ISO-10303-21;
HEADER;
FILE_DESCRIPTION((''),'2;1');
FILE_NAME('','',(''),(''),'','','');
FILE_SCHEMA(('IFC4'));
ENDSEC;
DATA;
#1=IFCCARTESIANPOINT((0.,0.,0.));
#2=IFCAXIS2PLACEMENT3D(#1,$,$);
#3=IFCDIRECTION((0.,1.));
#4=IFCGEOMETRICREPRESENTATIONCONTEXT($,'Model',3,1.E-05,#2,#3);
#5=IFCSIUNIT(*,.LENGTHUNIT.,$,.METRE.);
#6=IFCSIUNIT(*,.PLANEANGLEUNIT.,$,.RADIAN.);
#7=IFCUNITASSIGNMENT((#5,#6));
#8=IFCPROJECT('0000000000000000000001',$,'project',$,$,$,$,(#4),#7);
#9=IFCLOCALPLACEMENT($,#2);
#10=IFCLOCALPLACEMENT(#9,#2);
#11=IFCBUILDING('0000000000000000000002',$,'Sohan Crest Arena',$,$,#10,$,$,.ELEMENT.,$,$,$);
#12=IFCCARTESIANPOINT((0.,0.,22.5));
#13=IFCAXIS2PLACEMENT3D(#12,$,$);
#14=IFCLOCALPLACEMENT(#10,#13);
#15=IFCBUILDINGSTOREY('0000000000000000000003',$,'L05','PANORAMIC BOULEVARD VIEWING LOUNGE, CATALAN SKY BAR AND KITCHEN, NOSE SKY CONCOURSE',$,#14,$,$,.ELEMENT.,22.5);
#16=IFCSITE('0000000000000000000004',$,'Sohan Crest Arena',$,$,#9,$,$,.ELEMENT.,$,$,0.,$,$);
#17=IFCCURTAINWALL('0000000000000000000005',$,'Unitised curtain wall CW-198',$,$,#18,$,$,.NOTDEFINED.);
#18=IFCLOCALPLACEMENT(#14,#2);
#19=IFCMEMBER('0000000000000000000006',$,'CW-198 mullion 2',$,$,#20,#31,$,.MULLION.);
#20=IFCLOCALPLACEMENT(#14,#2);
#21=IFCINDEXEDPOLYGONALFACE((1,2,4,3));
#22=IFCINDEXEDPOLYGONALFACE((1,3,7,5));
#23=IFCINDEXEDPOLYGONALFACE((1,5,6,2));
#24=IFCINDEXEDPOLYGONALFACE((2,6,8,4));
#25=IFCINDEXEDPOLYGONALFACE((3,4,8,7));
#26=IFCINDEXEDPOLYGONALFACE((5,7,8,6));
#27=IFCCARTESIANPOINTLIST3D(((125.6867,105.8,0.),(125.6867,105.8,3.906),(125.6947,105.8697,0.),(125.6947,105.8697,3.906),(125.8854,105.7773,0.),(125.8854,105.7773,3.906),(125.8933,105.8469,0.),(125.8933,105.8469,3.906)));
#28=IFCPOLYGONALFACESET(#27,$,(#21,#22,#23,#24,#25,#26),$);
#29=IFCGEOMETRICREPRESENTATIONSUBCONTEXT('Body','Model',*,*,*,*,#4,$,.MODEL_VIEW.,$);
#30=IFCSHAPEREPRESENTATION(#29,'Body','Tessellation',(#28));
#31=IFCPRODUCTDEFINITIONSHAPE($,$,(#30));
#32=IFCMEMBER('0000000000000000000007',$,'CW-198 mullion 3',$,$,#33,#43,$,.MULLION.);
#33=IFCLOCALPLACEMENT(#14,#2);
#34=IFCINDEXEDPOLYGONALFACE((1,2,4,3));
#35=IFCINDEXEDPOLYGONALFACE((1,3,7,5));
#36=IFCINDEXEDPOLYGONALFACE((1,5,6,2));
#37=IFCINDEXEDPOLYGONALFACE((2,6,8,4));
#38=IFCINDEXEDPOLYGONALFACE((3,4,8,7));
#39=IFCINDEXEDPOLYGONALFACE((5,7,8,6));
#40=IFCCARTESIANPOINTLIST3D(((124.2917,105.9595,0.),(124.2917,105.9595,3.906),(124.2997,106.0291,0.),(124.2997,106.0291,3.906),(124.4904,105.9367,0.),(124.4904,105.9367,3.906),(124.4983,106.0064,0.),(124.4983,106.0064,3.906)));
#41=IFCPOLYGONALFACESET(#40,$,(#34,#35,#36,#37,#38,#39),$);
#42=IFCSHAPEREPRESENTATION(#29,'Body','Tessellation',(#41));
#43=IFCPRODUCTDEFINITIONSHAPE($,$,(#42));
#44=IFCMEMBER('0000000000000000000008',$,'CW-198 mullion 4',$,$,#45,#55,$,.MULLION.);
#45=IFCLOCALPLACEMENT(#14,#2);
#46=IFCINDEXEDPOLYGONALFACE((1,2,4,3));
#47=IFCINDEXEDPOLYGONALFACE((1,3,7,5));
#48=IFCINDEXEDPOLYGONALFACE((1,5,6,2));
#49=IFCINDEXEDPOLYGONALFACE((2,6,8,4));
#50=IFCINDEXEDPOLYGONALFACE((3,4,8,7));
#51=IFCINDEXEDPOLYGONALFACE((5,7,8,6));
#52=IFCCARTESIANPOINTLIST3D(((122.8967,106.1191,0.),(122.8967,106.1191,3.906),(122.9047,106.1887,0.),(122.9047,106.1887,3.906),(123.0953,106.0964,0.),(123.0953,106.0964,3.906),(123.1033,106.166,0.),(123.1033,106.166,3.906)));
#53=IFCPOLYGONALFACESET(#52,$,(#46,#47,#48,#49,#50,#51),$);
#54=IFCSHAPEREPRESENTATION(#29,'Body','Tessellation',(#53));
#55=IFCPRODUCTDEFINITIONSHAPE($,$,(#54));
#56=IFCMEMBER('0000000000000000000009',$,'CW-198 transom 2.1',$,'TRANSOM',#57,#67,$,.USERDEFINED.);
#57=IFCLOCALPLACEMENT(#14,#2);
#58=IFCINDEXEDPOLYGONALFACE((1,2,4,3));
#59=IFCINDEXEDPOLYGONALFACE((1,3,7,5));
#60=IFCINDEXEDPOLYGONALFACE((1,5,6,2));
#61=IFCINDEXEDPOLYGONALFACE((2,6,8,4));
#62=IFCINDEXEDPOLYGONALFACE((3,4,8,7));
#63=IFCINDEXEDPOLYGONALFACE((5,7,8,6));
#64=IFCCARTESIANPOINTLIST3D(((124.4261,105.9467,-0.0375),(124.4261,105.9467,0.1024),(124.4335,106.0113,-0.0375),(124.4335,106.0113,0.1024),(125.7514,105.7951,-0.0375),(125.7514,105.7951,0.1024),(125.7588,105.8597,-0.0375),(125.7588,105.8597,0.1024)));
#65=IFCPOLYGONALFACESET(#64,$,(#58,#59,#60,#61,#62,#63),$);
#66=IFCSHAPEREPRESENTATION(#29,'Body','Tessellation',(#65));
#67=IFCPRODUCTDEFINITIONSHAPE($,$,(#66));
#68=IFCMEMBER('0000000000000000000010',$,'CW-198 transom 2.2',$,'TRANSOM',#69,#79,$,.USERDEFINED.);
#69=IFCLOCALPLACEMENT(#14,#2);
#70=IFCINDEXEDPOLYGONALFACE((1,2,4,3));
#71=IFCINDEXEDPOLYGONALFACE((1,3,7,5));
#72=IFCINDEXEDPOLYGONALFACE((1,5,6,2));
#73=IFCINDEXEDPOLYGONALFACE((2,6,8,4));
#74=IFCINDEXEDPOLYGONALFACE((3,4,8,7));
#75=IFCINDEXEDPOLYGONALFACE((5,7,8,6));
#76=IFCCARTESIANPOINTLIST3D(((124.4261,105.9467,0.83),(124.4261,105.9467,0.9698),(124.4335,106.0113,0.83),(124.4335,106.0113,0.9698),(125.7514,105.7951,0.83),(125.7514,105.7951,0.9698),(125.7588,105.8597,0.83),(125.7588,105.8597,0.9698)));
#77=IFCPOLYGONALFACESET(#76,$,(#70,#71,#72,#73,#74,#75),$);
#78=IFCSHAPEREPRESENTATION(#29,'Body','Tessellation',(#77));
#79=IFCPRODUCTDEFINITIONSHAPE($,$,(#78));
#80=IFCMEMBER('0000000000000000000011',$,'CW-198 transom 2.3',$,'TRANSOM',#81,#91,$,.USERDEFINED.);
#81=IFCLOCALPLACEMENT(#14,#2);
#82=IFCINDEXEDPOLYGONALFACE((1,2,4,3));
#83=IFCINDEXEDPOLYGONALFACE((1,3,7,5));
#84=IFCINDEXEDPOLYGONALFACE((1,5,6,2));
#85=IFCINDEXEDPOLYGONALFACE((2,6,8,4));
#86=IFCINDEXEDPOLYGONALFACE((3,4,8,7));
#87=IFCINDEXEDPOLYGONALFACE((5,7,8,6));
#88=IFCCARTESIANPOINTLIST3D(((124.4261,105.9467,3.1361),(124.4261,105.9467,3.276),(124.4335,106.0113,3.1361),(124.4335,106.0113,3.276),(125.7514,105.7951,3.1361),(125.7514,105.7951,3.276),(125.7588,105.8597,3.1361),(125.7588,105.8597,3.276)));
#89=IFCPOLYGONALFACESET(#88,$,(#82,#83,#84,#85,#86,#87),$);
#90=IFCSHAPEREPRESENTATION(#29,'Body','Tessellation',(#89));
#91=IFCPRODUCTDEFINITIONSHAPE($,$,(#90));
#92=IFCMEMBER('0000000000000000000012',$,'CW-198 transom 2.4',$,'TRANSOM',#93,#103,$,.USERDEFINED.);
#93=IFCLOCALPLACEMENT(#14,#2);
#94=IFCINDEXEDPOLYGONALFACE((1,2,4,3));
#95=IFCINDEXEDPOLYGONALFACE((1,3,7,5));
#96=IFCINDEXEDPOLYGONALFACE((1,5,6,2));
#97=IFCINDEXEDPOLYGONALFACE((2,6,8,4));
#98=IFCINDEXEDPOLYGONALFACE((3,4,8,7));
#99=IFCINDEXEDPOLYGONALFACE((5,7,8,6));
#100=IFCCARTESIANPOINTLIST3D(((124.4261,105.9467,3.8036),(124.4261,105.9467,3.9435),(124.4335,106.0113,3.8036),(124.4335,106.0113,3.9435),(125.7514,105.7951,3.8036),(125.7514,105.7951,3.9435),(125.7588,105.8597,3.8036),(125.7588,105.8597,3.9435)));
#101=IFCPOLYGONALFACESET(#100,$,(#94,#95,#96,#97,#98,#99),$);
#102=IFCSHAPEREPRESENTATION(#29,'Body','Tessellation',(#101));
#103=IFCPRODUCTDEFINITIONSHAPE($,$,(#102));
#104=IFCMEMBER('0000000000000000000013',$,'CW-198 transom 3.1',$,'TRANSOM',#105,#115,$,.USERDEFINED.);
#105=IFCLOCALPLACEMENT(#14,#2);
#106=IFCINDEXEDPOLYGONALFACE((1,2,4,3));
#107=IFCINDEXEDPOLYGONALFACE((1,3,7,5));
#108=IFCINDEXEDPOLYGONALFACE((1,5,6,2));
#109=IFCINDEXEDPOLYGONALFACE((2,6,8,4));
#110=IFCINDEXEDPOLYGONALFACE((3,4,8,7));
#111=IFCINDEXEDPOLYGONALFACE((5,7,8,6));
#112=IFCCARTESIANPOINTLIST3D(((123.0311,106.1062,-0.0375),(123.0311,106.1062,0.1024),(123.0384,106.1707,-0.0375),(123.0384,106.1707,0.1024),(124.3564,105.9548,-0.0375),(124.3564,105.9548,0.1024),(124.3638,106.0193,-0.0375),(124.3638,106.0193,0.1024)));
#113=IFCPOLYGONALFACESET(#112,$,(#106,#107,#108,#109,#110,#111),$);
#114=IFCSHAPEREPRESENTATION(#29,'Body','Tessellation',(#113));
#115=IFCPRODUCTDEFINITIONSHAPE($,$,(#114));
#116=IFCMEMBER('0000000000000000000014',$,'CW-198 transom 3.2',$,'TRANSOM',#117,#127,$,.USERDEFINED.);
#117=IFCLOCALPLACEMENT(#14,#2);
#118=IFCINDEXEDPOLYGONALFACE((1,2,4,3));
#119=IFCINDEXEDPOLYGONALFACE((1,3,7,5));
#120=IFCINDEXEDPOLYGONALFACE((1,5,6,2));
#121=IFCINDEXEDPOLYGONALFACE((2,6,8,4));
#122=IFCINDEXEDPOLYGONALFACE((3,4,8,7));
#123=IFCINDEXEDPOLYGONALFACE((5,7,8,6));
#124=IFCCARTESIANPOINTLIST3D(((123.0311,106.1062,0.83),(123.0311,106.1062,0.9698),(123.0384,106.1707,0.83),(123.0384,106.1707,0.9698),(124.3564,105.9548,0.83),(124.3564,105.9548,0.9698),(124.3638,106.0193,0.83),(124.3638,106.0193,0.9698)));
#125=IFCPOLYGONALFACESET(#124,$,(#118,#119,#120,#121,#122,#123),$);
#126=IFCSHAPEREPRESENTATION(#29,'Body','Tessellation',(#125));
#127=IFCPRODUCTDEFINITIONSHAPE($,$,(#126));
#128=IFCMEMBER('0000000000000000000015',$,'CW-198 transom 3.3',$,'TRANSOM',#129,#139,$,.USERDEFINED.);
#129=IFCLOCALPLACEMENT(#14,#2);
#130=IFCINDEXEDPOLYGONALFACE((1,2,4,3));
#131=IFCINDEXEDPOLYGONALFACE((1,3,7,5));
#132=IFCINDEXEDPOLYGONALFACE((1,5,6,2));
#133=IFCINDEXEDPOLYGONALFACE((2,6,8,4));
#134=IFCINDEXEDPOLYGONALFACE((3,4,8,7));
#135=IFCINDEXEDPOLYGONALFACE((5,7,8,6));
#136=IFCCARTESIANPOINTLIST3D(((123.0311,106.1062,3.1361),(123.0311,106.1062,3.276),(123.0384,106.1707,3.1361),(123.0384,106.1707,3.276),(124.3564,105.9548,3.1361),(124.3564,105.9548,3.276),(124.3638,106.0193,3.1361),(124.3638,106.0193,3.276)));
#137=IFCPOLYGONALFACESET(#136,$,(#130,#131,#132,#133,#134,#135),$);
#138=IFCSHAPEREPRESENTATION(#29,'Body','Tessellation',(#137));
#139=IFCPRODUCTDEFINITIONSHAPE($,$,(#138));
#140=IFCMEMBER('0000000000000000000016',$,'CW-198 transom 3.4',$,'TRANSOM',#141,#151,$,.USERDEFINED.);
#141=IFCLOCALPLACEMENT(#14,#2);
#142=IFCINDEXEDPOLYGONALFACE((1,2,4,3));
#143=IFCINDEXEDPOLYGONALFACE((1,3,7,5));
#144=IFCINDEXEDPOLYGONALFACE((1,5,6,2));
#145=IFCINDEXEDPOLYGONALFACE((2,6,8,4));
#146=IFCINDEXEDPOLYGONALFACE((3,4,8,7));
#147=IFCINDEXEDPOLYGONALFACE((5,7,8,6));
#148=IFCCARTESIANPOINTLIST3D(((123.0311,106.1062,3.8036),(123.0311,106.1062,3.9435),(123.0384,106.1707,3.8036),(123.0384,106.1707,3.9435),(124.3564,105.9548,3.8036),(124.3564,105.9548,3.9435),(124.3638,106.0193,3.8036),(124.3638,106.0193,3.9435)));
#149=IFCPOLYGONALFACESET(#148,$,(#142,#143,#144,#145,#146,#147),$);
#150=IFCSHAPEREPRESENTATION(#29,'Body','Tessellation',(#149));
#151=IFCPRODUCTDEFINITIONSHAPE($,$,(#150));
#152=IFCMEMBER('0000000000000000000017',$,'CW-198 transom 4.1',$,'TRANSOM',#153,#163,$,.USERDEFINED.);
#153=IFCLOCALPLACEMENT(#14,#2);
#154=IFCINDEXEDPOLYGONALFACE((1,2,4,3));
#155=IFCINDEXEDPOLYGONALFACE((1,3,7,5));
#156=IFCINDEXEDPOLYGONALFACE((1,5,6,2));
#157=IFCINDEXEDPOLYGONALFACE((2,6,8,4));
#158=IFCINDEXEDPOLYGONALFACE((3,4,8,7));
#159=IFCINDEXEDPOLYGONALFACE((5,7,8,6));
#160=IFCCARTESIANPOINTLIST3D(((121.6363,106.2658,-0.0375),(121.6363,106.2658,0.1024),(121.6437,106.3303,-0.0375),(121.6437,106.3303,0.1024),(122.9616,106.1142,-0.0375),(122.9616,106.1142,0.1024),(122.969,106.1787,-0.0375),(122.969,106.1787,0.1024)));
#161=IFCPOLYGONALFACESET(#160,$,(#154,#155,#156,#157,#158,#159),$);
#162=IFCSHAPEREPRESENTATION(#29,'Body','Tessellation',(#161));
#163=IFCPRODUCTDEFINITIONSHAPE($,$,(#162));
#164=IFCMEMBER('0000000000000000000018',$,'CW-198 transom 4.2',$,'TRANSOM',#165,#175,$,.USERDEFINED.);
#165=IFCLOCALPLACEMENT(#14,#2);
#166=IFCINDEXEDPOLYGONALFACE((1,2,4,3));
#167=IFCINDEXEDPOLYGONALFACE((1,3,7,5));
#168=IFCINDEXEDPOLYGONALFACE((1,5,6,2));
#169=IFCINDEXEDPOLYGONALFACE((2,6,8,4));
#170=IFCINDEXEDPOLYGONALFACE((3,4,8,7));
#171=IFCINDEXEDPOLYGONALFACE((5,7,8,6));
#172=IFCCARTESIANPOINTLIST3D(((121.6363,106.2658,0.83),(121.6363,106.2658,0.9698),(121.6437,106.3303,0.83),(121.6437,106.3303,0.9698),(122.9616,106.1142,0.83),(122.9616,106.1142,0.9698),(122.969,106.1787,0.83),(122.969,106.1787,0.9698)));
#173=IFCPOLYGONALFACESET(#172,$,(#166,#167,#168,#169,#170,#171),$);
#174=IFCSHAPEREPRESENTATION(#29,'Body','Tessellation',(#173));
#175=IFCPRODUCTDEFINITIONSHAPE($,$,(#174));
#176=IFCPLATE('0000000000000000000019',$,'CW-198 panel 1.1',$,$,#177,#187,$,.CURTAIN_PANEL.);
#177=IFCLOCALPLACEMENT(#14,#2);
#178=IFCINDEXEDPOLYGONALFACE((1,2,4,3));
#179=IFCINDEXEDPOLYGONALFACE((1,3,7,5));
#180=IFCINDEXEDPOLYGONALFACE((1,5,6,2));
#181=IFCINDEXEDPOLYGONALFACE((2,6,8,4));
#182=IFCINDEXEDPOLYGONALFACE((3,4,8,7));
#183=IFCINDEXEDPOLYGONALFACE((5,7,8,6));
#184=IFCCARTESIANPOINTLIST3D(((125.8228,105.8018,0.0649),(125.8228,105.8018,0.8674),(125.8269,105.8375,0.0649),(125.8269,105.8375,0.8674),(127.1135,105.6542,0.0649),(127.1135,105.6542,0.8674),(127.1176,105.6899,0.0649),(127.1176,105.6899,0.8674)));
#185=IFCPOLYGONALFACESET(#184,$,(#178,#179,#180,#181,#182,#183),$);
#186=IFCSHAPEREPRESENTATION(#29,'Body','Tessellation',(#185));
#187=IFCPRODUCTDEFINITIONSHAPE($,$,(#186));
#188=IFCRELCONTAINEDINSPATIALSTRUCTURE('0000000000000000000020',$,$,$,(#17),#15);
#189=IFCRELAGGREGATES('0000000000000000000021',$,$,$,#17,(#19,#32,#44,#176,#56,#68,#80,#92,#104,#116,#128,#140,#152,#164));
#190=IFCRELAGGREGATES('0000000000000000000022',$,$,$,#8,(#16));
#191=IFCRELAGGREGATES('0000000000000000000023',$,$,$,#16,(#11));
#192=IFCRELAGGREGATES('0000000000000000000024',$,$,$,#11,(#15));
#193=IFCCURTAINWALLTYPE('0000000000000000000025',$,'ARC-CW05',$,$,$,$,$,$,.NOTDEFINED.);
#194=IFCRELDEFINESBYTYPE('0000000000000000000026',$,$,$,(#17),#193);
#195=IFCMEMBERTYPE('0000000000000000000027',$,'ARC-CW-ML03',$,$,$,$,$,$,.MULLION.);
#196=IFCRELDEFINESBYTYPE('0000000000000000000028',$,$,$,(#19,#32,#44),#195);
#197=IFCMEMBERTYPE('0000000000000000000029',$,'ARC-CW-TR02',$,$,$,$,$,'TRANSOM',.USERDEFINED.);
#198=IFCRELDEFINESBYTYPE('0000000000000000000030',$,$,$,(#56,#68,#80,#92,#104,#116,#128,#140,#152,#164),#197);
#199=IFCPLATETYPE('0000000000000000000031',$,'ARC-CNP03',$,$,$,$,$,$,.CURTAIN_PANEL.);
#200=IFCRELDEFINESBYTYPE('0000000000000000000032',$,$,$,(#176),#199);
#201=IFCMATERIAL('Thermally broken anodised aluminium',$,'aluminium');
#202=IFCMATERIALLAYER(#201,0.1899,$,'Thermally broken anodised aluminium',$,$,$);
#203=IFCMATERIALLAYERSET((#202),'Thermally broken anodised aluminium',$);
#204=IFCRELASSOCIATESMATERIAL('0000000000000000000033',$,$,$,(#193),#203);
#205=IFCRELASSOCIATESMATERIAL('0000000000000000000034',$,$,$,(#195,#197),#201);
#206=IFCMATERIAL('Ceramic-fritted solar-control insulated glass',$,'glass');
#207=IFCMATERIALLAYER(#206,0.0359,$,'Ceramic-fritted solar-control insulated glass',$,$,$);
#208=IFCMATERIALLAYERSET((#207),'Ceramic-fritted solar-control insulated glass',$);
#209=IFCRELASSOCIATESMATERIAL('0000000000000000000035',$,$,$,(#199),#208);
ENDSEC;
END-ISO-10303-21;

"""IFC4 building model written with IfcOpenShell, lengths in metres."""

from ifc_helpers import new_model, si_unit, direction, frame, origin, origin_2d, place, context, subcontext, project, spatial, rectangle, extrude, material, layer, layer_set, material_profile, profile_set, type_object, element, aggregate, save


model = new_model("IFC4")

# Units and contexts
model_context = context("Model", 3, precision=1e-05, world=origin(), true_north=direction((0.0, 1.0)))
body_context = subcontext(model_context, "Body", "Model", "MODEL_VIEW")
ifc_project = project(units=[si_unit("LENGTHUNIT", "METRE"), si_unit("PLANEANGLEUNIT", "RADIAN")], contexts=[model_context])

# Site, building, storey
site_placement = place(None, origin())
site = spatial("IfcSite", under=ifc_project, at=site_placement, Name="Sohan Crest Arena", CompositionType="ELEMENT", RefElevation=0.0)
building_placement = place(site_placement, origin())
building = spatial("IfcBuilding", under=site, at=building_placement, Name="Sohan Crest Arena", CompositionType="ELEMENT")
storey_placement = place(building_placement, frame((0.0, 0.0, 22.5)))
storey = spatial("IfcBuildingStorey", under=building, at=storey_placement, Name="L05", Description="PANORAMIC BOULEVARD VIEWING LOUNGE, CATALAN SKY BAR AND KITCHEN, NOSE SKY CONCOURSE", CompositionType="ELEMENT", Elevation=22.5)

# Curtain wall, members, plate
ifc_material_1 = material(Name="Thermally broken anodised aluminium", Category="aluminium")
ifc_layer_1 = layer(ifc_material_1, 0.1899, Name="Thermally broken anodised aluminium")
ifc_layer_set_1 = layer_set([ifc_layer_1], Name="Thermally broken anodised aluminium")
curtain_wall_type = type_object("IfcCurtainWallType", Name="ARC-CW05", PredefinedType="NOTDEFINED", material=ifc_layer_set_1)
curtain_wall_placement = place(storey_placement, origin())
curtain_wall = element("IfcCurtainWall", 1, at=curtain_wall_placement, inside=storey, type_object=curtain_wall_type, Name="Unitised curtain wall CW-198", PredefinedType="NOTDEFINED")
ifc_material_profile_1 = material_profile(ifc_material_1, rectangle(XDim=0.0701, YDim=0.2, at=origin_2d()), Name="ALU-MULL 70x200")
ifc_profile_set_1 = profile_set([ifc_material_profile_1], Name="Thermally broken anodised aluminium")
member_type_1 = type_object("IfcMemberType", Name="ARC-CW-ML03", PredefinedType="MULLION", material=ifc_profile_set_1)
member_1_placement = place(storey_placement, frame((125.79, 105.8235, 0.0), z_axis=(0.0, 0.0, 1.0), x_axis=(-0.113597, -0.993527, 0.0)))
member_1 = element("IfcMember", 2, at=member_1_placement, type_object=member_type_1, Name="CW-198 mullion 2", PredefinedType="MULLION", context=body_context, shape_type="SweptSolid", body=[
    extrude(rectangle(XDim=0.0701, YDim=0.2, at=origin_2d()), origin(), (0.0, 0.0, 1.0), 3.906),
])
member_2_placement = place(storey_placement, frame((124.395, 105.9829, 0.0), z_axis=(0.0, 0.0, 1.0), x_axis=(-0.113597, -0.993527, 0.0)))
member_2 = element("IfcMember", 3, at=member_2_placement, type_object=member_type_1, Name="CW-198 mullion 3", PredefinedType="MULLION", context=body_context, shape_type="SweptSolid", body=[
    extrude(rectangle(XDim=0.0701, YDim=0.2, at=origin_2d()), origin(), (0.0, 0.0, 1.0), 3.906),
])
member_3_placement = place(storey_placement, frame((123.0, 106.1426, 0.0), z_axis=(0.0, 0.0, 1.0), x_axis=(-0.113597, -0.993527, 0.0)))
member_3 = element("IfcMember", 4, at=member_3_placement, type_object=member_type_1, Name="CW-198 mullion 4", PredefinedType="MULLION", context=body_context, shape_type="SweptSolid", body=[
    extrude(rectangle(XDim=0.0701, YDim=0.2, at=origin_2d()), origin(), (0.0, 0.0, 1.0), 3.906),
])
ifc_material_profile_2 = material_profile(ifc_material_1, rectangle(XDim=0.0649, YDim=0.1399, at=origin_2d()), Name="ALU-TRAN 65x140")
ifc_profile_set_2 = profile_set([ifc_material_profile_2], Name="Thermally broken anodised aluminium")
member_type_2 = type_object("IfcMemberType", Name="ARC-CW-TR02", ElementType="TRANSOM", PredefinedType="USERDEFINED", material=ifc_profile_set_2)
member_4_placement = place(storey_placement, frame((125.7551, 105.8274, 0.0325), z_axis=(-0.993521, 0.113645, 0.0), x_axis=(-0.113645, -0.993521, 0.0)))
member_4 = element("IfcMember", 5, at=member_4_placement, type_object=member_type_2, Name="CW-198 transom 2.1", ObjectType="TRANSOM", PredefinedType="USERDEFINED", context=body_context, shape_type="SweptSolid", body=[
    extrude(rectangle(XDim=0.0649, YDim=0.1399, at=origin_2d()), origin(), (0.0, 0.0, 1.0), 1.334),
])
member_5_placement = place(storey_placement, frame((125.7551, 105.8274, 0.8999), z_axis=(-0.993521, 0.113645, 0.0), x_axis=(-0.113645, -0.993521, 0.0)))
member_5 = element("IfcMember", 6, at=member_5_placement, type_object=member_type_2, Name="CW-198 transom 2.2", ObjectType="TRANSOM", PredefinedType="USERDEFINED", context=body_context, shape_type="SweptSolid", body=[
    extrude(rectangle(XDim=0.0649, YDim=0.1399, at=origin_2d()), origin(), (0.0, 0.0, 1.0), 1.334),
])
member_6_placement = place(storey_placement, frame((125.7551, 105.8274, 3.2061), z_axis=(-0.993521, 0.113645, 0.0), x_axis=(-0.113645, -0.993521, 0.0)))
member_6 = element("IfcMember", 7, at=member_6_placement, type_object=member_type_2, Name="CW-198 transom 2.3", ObjectType="TRANSOM", PredefinedType="USERDEFINED", context=body_context, shape_type="SweptSolid", body=[
    extrude(rectangle(XDim=0.0649, YDim=0.1399, at=origin_2d()), origin(), (0.0, 0.0, 1.0), 1.334),
])
member_7_placement = place(storey_placement, frame((125.7551, 105.8274, 3.8735), z_axis=(-0.993521, 0.113645, 0.0), x_axis=(-0.113645, -0.993521, 0.0)))
member_7 = element("IfcMember", 8, at=member_7_placement, type_object=member_type_2, Name="CW-198 transom 2.4", ObjectType="TRANSOM", PredefinedType="USERDEFINED", context=body_context, shape_type="SweptSolid", body=[
    extrude(rectangle(XDim=0.0649, YDim=0.1399, at=origin_2d()), origin(), (0.0, 0.0, 1.0), 1.334),
])
member_8_placement = place(storey_placement, frame((124.3601, 105.9871, 0.0325), z_axis=(-0.993542, 0.113464, 0.0), x_axis=(-0.113464, -0.993542, 0.0)))
member_8 = element("IfcMember", 9, at=member_8_placement, type_object=member_type_2, Name="CW-198 transom 3.1", ObjectType="TRANSOM", PredefinedType="USERDEFINED", context=body_context, shape_type="SweptSolid", body=[
    extrude(rectangle(XDim=0.0649, YDim=0.1399, at=origin_2d()), origin(), (0.0, 0.0, 1.0), 1.334),
])
member_9_placement = place(storey_placement, frame((124.3601, 105.9871, 0.8999), z_axis=(-0.993542, 0.113464, 0.0), x_axis=(-0.113464, -0.993542, 0.0)))
member_9 = element("IfcMember", 10, at=member_9_placement, type_object=member_type_2, Name="CW-198 transom 3.2", ObjectType="TRANSOM", PredefinedType="USERDEFINED", context=body_context, shape_type="SweptSolid", body=[
    extrude(rectangle(XDim=0.0649, YDim=0.1399, at=origin_2d()), origin(), (0.0, 0.0, 1.0), 1.334),
])
member_10_placement = place(storey_placement, frame((124.3601, 105.9871, 3.2061), z_axis=(-0.993542, 0.113464, 0.0), x_axis=(-0.113464, -0.993542, 0.0)))
member_10 = element("IfcMember", 11, at=member_10_placement, type_object=member_type_2, Name="CW-198 transom 3.3", ObjectType="TRANSOM", PredefinedType="USERDEFINED", context=body_context, shape_type="SweptSolid", body=[
    extrude(rectangle(XDim=0.0649, YDim=0.1399, at=origin_2d()), origin(), (0.0, 0.0, 1.0), 1.334),
])
member_11_placement = place(storey_placement, frame((124.3601, 105.9871, 3.8735), z_axis=(-0.993542, 0.113464, 0.0), x_axis=(-0.113464, -0.993542, 0.0)))
member_11 = element("IfcMember", 12, at=member_11_placement, type_object=member_type_2, Name="CW-198 transom 3.4", ObjectType="TRANSOM", PredefinedType="USERDEFINED", context=body_context, shape_type="SweptSolid", body=[
    extrude(rectangle(XDim=0.0649, YDim=0.1399, at=origin_2d()), origin(), (0.0, 0.0, 1.0), 1.334),
])
member_12_placement = place(storey_placement, frame((122.9653, 106.1465, 0.0325), z_axis=(-0.993521, 0.113645, 0.0), x_axis=(-0.113645, -0.993521, 0.0)))
member_12 = element("IfcMember", 13, at=member_12_placement, type_object=member_type_2, Name="CW-198 transom 4.1", ObjectType="TRANSOM", PredefinedType="USERDEFINED", context=body_context, shape_type="SweptSolid", body=[
    extrude(rectangle(XDim=0.0649, YDim=0.1399, at=origin_2d()), origin(), (0.0, 0.0, 1.0), 1.334),
])
member_13_placement = place(storey_placement, frame((122.9653, 106.1465, 0.8999), z_axis=(-0.993521, 0.113645, 0.0), x_axis=(-0.113645, -0.993521, 0.0)))
member_13 = element("IfcMember", 14, at=member_13_placement, type_object=member_type_2, Name="CW-198 transom 4.2", ObjectType="TRANSOM", PredefinedType="USERDEFINED", context=body_context, shape_type="SweptSolid", body=[
    extrude(rectangle(XDim=0.0649, YDim=0.1399, at=origin_2d()), origin(), (0.0, 0.0, 1.0), 1.334),
])
ifc_material_2 = material(Name="Ceramic-fritted solar-control insulated glass", Category="glass")
ifc_layer_2 = layer(ifc_material_2, 0.0359, Name="Ceramic-fritted solar-control insulated glass")
ifc_layer_set_2 = layer_set([ifc_layer_2], Name="Ceramic-fritted solar-control insulated glass")
plate_type = type_object("IfcPlateType", Name="ARC-CNP03", PredefinedType="CURTAIN_PANEL", material=ifc_layer_set_2)
plate_1_placement = place(storey_placement, frame((126.4702, 105.7458, 0.0649), z_axis=(0.0, 0.0, 1.0), x_axis=(-0.993527, 0.113597, 0.0)))
plate_1 = element("IfcPlate", 15, at=plate_1_placement, type_object=plate_type, Name="CW-198 panel 1.1", PredefinedType="CURTAIN_PANEL", context=body_context, shape_type="SweptSolid", body=[
    extrude(rectangle(XDim=1.2991, YDim=0.0359, at=origin_2d()), origin(), (0.0, 0.0, 1.0), 0.8025),
])
aggregate(curtain_wall, [member_1, member_2, member_3, plate_1, member_4, member_5, member_6, member_7, member_8, member_9, member_10, member_11, member_12, member_13])

save(model, "model.ifc")
